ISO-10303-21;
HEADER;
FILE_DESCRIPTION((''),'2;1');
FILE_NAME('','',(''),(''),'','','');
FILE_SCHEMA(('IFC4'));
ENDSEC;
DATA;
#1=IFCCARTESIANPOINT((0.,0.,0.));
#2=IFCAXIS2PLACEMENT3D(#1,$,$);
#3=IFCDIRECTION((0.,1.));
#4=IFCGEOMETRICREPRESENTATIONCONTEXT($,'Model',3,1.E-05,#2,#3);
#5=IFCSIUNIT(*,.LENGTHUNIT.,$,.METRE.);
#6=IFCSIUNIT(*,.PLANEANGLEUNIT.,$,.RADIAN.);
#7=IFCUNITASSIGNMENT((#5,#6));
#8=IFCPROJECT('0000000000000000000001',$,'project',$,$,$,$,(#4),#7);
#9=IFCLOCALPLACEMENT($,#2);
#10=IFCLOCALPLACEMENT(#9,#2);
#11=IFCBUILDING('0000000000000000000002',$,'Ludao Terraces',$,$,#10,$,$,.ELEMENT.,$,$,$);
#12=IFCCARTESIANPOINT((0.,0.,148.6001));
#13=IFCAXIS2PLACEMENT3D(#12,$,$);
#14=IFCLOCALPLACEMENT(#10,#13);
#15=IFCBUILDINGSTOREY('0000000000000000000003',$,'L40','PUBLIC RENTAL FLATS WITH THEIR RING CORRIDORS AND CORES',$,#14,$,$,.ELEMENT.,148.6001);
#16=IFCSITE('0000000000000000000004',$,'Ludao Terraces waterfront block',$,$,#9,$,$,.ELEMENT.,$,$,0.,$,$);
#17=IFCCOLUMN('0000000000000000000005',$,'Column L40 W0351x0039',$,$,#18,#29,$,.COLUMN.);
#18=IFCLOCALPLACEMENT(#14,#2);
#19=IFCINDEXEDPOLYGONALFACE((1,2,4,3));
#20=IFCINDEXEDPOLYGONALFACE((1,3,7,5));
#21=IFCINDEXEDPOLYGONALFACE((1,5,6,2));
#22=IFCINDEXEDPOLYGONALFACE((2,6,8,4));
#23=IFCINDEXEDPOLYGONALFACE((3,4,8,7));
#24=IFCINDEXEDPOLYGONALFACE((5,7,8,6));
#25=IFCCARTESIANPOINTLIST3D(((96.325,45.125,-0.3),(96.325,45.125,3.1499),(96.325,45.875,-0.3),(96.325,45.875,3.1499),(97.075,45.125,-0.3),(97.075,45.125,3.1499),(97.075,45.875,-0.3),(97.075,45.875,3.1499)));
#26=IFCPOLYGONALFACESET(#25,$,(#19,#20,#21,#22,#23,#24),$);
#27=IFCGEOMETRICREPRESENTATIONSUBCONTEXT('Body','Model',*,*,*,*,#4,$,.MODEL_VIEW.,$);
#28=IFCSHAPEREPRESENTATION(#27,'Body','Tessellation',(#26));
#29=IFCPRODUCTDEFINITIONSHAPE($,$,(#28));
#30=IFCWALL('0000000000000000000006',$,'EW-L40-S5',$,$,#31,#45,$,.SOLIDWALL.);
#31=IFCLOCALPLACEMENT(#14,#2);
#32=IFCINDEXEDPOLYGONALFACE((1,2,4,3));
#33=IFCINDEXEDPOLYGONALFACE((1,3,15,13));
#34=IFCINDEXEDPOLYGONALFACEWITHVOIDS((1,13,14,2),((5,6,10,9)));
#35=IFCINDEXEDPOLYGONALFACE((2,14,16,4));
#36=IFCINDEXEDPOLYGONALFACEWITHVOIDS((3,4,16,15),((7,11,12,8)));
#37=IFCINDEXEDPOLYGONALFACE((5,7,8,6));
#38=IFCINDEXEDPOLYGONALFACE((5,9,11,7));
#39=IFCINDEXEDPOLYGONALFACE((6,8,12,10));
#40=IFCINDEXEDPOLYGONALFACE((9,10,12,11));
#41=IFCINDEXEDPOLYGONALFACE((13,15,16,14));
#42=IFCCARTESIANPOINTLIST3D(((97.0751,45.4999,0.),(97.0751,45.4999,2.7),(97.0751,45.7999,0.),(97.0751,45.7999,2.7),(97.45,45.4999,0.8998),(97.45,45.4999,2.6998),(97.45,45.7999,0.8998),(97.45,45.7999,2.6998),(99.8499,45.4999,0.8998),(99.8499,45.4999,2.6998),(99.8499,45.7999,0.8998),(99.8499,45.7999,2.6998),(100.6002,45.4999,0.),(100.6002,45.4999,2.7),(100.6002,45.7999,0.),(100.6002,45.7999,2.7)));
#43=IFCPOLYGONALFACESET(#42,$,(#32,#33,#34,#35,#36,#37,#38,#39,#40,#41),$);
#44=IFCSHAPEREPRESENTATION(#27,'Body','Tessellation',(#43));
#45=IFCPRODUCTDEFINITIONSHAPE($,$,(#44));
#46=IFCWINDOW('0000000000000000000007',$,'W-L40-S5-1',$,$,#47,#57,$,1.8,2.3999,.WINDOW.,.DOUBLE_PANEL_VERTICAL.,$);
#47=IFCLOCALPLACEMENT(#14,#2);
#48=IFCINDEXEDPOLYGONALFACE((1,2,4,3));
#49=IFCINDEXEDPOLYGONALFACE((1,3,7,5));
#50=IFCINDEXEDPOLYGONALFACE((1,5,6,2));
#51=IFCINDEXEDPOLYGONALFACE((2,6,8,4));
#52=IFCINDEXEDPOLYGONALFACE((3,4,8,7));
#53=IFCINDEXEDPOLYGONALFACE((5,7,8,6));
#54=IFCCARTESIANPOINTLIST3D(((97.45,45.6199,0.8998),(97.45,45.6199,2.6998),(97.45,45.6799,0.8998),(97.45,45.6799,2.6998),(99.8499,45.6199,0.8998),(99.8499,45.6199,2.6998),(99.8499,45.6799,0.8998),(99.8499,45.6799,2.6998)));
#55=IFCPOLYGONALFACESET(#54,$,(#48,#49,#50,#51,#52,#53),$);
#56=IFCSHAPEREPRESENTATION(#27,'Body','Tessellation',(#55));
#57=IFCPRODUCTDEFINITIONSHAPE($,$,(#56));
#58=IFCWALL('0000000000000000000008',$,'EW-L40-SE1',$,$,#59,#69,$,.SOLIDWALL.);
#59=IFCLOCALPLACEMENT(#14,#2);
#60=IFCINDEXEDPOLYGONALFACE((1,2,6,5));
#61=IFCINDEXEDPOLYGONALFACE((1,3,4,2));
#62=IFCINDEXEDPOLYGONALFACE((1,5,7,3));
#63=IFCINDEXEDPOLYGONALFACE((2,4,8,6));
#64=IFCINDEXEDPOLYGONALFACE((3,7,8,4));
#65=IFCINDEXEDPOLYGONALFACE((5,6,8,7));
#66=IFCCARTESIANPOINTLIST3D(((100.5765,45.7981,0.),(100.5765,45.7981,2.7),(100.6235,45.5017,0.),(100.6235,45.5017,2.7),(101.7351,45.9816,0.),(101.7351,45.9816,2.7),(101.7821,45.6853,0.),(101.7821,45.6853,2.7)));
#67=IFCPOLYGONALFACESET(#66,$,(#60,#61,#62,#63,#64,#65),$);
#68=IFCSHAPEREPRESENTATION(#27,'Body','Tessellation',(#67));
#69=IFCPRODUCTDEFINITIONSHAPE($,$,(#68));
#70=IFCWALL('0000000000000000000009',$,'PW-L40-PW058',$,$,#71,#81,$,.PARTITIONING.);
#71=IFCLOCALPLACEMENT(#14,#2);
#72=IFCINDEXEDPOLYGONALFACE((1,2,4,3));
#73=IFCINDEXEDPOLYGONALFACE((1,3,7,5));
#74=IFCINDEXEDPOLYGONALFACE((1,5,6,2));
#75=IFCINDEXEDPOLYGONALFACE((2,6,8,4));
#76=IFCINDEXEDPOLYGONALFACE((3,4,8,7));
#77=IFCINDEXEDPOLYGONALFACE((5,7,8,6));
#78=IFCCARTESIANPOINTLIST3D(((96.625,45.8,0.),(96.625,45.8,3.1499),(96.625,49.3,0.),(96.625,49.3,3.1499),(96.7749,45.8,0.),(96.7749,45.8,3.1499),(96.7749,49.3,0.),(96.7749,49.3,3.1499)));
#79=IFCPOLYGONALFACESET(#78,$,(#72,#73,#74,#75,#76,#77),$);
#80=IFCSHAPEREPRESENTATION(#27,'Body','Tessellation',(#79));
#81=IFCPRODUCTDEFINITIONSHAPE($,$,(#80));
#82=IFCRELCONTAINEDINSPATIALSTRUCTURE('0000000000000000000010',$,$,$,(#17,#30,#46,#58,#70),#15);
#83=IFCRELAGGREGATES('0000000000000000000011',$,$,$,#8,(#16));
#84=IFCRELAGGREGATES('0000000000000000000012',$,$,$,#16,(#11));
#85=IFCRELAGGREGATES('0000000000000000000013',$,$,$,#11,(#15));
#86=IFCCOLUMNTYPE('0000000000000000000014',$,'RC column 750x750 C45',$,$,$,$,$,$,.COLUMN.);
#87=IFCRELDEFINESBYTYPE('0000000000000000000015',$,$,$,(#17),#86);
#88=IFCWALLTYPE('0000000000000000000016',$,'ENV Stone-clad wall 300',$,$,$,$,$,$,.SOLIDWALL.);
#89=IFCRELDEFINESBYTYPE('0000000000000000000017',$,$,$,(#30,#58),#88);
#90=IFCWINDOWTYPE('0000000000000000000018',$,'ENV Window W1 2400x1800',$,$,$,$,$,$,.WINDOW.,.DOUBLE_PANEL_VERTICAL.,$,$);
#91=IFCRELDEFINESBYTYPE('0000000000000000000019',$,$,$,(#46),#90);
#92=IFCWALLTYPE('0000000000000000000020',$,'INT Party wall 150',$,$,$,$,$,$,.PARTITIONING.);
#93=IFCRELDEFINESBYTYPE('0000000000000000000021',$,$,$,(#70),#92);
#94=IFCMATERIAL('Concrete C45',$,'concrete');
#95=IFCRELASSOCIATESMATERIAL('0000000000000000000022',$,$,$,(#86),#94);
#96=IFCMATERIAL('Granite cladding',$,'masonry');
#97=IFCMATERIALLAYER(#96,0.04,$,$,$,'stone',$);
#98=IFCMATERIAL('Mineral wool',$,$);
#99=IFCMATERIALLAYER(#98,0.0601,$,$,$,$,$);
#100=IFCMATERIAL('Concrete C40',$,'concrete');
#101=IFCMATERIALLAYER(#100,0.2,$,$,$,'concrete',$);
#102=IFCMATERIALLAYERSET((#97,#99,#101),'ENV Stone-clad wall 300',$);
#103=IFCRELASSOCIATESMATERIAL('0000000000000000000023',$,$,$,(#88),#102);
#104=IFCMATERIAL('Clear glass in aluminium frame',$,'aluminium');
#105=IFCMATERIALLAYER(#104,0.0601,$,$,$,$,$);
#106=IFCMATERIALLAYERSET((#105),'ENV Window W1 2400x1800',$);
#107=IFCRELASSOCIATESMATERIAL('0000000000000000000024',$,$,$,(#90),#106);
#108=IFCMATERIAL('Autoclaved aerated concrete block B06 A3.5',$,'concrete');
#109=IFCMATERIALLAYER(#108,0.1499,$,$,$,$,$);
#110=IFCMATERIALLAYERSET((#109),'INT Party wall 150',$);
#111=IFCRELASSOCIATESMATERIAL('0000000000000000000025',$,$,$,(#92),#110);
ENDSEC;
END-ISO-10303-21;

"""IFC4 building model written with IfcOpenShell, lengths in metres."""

from ifc_helpers import new_model, si_unit, direction, frame, frame_2d, origin, origin_2d, place, context, subcontext, project, spatial, rectangle, extrude, material, layer, layer_set, material_profile, profile_set, type_object, element, fill, save


model = new_model("IFC4")

# Units and contexts
model_context = context("Model", 3, precision=1e-05, world=origin(), true_north=direction((0.0, 1.0)))
body_context = subcontext(model_context, "Body", "Model", "MODEL_VIEW")
ifc_project = project(units=[si_unit("LENGTHUNIT", "METRE"), si_unit("PLANEANGLEUNIT", "RADIAN")], contexts=[model_context])

# Site, building, storey
site_placement = place(None, origin())
site = spatial("IfcSite", under=ifc_project, at=site_placement, Name="Ludao Terraces waterfront block", CompositionType="ELEMENT", RefElevation=0.0)
building_placement = place(site_placement, origin())
building = spatial("IfcBuilding", under=site, at=building_placement, Name="Ludao Terraces", CompositionType="ELEMENT")
storey_placement = place(building_placement, frame((0.0, 0.0, 148.6001)))
storey = spatial("IfcBuildingStorey", under=building, at=storey_placement, Name="L40", Description="PUBLIC RENTAL FLATS WITH THEIR RING CORRIDORS AND CORES", CompositionType="ELEMENT", Elevation=148.6001)

# Column
ifc_material_1 = material(Name="Concrete C45", Category="concrete")
ifc_material_profile = material_profile(ifc_material_1, rectangle(XDim=0.75, YDim=0.75, at=origin_2d()), Name="750 X 750")
ifc_profile_set = profile_set([ifc_material_profile], Name="Concrete C45")
column_type = type_object("IfcColumnType", Name="RC column 750x750 C45", PredefinedType="COLUMN", material=ifc_profile_set)
column_placement = place(storey_placement, frame((96.7, 45.5, -0.3), z_axis=(0.0, 0.0, 1.0), x_axis=(1.0, 0.0, 0.0)))
element("IfcColumn", 1, at=column_placement, inside=storey, type_object=column_type, Name="Column L40 W0351x0039", PredefinedType="COLUMN", context=body_context, shape_type="SweptSolid", body=[
    extrude(rectangle(XDim=0.75, YDim=0.75, at=origin_2d()), origin(), (0.0, 0.0, 1.0), 3.45),
])

# Wall, opening, window
ifc_material_2 = material(Name="Granite cladding", Category="masonry")
ifc_layer_1 = layer(ifc_material_2, 0.04, Category="stone")
ifc_material_3 = material(Name="Mineral wool")
ifc_layer_2 = layer(ifc_material_3, 0.0601)
ifc_material_4 = material(Name="Concrete C40", Category="concrete")
ifc_layer_3 = layer(ifc_material_4, 0.2, Category="concrete")
ifc_layer_set_1 = layer_set([ifc_layer_1, ifc_layer_2, ifc_layer_3], Name="ENV Stone-clad wall 300")
wall_type_1 = type_object("IfcWallType", Name="ENV Stone-clad wall 300", PredefinedType="SOLIDWALL", material=ifc_layer_set_1)
wall_1_placement = place(storey_placement, frame((97.075, 45.6499, 0.0), z_axis=(0.0, 0.0, 1.0), x_axis=(1.0, 0.0, 0.0)))
wall_1 = element("IfcWall", 2, at=wall_1_placement, inside=storey, type_object=wall_type_1, Name="EW-L40-S5", PredefinedType="SOLIDWALL", context=body_context, shape_type="SweptSolid", body=[
    extrude(rectangle(XDim=3.5251, YDim=0.3, at=frame_2d((1.7627, 0.0))), origin(), (0.0, 0.0, 1.0), 2.7),
])
opening_placement = place(wall_1_placement, frame((0.375, 0.0, 0.8999)))
opening = element("IfcOpeningElement", 3, at=opening_placement, cuts=wall_1, PredefinedType="OPENING", context=body_context, shape_type="SweptSolid", body=[
    extrude(rectangle(XDim=2.3999, YDim=1.8, at=frame_2d((1.2, 0.8999))), frame((0.0, 0.1602, 0.0), z_axis=(0.0, -1.0, 0.0), x_axis=(1.0, 0.0, 0.0)), (0.0, 0.0, 1.0), 0.3201),
])
ifc_material_5 = material(Name="Clear glass in aluminium frame", Category="aluminium")
ifc_layer_4 = layer(ifc_material_5, 0.0601)
ifc_layer_set_2 = layer_set([ifc_layer_4], Name="ENV Window W1 2400x1800")
window_type = type_object("IfcWindowType", Name="ENV Window W1 2400x1800", PartitioningType="DOUBLE_PANEL_VERTICAL", PredefinedType="WINDOW", material=ifc_layer_set_2)
window_placement = place(opening_placement, origin())
window = element("IfcWindow", 4, at=window_placement, inside=storey, type_object=window_type, Name="W-L40-S5-1", OverallHeight=1.8, OverallWidth=2.3999, PartitioningType="DOUBLE_PANEL_VERTICAL", PredefinedType="WINDOW", context=body_context, shape_type="SweptSolid", body=[
    extrude(rectangle(XDim=2.3999, YDim=1.8, at=frame_2d((1.2, 0.8999))), frame((0.0, 0.03, 0.0), z_axis=(0.0, -1.0, 0.0), x_axis=(1.0, 0.0, 0.0)), (0.0, 0.0, 1.0), 0.0601),
])
fill(opening, window)

# Walls
wall_2_placement = place(storey_placement, frame((100.6001, 45.6499, 0.0), z_axis=(0.0, 0.0, 1.0), x_axis=(0.987678, 0.156497, 0.0)))
element("IfcWall", 5, at=wall_2_placement, inside=storey, type_object=wall_type_1, Name="EW-L40-SE1", PredefinedType="SOLIDWALL", context=body_context, shape_type="SweptSolid", body=[
    extrude(rectangle(XDim=1.1731, YDim=0.3, at=frame_2d((0.5864, 0.0))), origin(), (0.0, 0.0, 1.0), 2.7),
])
ifc_material_6 = material(Name="Autoclaved aerated concrete block B06 A3.5", Category="concrete")
ifc_layer_5 = layer(ifc_material_6, 0.1499)
ifc_layer_set_3 = layer_set([ifc_layer_5], Name="INT Party wall 150")
wall_type_2 = type_object("IfcWallType", Name="INT Party wall 150", PredefinedType="PARTITIONING", material=ifc_layer_set_3)
wall_3_placement = place(storey_placement, frame((96.7, 45.8, 0.0), z_axis=(0.0, 0.0, 1.0), x_axis=(0.0, 1.0, 0.0)))
element("IfcWall", 6, at=wall_3_placement, inside=storey, type_object=wall_type_2, Name="PW-L40-PW058", PredefinedType="PARTITIONING", context=body_context, shape_type="SweptSolid", body=[
    extrude(rectangle(XDim=3.5, YDim=0.1499, at=frame_2d((1.75, 0.0))), origin(), (0.0, 0.0, 1.0), 3.1499),
])

save(model, "model.ifc")
